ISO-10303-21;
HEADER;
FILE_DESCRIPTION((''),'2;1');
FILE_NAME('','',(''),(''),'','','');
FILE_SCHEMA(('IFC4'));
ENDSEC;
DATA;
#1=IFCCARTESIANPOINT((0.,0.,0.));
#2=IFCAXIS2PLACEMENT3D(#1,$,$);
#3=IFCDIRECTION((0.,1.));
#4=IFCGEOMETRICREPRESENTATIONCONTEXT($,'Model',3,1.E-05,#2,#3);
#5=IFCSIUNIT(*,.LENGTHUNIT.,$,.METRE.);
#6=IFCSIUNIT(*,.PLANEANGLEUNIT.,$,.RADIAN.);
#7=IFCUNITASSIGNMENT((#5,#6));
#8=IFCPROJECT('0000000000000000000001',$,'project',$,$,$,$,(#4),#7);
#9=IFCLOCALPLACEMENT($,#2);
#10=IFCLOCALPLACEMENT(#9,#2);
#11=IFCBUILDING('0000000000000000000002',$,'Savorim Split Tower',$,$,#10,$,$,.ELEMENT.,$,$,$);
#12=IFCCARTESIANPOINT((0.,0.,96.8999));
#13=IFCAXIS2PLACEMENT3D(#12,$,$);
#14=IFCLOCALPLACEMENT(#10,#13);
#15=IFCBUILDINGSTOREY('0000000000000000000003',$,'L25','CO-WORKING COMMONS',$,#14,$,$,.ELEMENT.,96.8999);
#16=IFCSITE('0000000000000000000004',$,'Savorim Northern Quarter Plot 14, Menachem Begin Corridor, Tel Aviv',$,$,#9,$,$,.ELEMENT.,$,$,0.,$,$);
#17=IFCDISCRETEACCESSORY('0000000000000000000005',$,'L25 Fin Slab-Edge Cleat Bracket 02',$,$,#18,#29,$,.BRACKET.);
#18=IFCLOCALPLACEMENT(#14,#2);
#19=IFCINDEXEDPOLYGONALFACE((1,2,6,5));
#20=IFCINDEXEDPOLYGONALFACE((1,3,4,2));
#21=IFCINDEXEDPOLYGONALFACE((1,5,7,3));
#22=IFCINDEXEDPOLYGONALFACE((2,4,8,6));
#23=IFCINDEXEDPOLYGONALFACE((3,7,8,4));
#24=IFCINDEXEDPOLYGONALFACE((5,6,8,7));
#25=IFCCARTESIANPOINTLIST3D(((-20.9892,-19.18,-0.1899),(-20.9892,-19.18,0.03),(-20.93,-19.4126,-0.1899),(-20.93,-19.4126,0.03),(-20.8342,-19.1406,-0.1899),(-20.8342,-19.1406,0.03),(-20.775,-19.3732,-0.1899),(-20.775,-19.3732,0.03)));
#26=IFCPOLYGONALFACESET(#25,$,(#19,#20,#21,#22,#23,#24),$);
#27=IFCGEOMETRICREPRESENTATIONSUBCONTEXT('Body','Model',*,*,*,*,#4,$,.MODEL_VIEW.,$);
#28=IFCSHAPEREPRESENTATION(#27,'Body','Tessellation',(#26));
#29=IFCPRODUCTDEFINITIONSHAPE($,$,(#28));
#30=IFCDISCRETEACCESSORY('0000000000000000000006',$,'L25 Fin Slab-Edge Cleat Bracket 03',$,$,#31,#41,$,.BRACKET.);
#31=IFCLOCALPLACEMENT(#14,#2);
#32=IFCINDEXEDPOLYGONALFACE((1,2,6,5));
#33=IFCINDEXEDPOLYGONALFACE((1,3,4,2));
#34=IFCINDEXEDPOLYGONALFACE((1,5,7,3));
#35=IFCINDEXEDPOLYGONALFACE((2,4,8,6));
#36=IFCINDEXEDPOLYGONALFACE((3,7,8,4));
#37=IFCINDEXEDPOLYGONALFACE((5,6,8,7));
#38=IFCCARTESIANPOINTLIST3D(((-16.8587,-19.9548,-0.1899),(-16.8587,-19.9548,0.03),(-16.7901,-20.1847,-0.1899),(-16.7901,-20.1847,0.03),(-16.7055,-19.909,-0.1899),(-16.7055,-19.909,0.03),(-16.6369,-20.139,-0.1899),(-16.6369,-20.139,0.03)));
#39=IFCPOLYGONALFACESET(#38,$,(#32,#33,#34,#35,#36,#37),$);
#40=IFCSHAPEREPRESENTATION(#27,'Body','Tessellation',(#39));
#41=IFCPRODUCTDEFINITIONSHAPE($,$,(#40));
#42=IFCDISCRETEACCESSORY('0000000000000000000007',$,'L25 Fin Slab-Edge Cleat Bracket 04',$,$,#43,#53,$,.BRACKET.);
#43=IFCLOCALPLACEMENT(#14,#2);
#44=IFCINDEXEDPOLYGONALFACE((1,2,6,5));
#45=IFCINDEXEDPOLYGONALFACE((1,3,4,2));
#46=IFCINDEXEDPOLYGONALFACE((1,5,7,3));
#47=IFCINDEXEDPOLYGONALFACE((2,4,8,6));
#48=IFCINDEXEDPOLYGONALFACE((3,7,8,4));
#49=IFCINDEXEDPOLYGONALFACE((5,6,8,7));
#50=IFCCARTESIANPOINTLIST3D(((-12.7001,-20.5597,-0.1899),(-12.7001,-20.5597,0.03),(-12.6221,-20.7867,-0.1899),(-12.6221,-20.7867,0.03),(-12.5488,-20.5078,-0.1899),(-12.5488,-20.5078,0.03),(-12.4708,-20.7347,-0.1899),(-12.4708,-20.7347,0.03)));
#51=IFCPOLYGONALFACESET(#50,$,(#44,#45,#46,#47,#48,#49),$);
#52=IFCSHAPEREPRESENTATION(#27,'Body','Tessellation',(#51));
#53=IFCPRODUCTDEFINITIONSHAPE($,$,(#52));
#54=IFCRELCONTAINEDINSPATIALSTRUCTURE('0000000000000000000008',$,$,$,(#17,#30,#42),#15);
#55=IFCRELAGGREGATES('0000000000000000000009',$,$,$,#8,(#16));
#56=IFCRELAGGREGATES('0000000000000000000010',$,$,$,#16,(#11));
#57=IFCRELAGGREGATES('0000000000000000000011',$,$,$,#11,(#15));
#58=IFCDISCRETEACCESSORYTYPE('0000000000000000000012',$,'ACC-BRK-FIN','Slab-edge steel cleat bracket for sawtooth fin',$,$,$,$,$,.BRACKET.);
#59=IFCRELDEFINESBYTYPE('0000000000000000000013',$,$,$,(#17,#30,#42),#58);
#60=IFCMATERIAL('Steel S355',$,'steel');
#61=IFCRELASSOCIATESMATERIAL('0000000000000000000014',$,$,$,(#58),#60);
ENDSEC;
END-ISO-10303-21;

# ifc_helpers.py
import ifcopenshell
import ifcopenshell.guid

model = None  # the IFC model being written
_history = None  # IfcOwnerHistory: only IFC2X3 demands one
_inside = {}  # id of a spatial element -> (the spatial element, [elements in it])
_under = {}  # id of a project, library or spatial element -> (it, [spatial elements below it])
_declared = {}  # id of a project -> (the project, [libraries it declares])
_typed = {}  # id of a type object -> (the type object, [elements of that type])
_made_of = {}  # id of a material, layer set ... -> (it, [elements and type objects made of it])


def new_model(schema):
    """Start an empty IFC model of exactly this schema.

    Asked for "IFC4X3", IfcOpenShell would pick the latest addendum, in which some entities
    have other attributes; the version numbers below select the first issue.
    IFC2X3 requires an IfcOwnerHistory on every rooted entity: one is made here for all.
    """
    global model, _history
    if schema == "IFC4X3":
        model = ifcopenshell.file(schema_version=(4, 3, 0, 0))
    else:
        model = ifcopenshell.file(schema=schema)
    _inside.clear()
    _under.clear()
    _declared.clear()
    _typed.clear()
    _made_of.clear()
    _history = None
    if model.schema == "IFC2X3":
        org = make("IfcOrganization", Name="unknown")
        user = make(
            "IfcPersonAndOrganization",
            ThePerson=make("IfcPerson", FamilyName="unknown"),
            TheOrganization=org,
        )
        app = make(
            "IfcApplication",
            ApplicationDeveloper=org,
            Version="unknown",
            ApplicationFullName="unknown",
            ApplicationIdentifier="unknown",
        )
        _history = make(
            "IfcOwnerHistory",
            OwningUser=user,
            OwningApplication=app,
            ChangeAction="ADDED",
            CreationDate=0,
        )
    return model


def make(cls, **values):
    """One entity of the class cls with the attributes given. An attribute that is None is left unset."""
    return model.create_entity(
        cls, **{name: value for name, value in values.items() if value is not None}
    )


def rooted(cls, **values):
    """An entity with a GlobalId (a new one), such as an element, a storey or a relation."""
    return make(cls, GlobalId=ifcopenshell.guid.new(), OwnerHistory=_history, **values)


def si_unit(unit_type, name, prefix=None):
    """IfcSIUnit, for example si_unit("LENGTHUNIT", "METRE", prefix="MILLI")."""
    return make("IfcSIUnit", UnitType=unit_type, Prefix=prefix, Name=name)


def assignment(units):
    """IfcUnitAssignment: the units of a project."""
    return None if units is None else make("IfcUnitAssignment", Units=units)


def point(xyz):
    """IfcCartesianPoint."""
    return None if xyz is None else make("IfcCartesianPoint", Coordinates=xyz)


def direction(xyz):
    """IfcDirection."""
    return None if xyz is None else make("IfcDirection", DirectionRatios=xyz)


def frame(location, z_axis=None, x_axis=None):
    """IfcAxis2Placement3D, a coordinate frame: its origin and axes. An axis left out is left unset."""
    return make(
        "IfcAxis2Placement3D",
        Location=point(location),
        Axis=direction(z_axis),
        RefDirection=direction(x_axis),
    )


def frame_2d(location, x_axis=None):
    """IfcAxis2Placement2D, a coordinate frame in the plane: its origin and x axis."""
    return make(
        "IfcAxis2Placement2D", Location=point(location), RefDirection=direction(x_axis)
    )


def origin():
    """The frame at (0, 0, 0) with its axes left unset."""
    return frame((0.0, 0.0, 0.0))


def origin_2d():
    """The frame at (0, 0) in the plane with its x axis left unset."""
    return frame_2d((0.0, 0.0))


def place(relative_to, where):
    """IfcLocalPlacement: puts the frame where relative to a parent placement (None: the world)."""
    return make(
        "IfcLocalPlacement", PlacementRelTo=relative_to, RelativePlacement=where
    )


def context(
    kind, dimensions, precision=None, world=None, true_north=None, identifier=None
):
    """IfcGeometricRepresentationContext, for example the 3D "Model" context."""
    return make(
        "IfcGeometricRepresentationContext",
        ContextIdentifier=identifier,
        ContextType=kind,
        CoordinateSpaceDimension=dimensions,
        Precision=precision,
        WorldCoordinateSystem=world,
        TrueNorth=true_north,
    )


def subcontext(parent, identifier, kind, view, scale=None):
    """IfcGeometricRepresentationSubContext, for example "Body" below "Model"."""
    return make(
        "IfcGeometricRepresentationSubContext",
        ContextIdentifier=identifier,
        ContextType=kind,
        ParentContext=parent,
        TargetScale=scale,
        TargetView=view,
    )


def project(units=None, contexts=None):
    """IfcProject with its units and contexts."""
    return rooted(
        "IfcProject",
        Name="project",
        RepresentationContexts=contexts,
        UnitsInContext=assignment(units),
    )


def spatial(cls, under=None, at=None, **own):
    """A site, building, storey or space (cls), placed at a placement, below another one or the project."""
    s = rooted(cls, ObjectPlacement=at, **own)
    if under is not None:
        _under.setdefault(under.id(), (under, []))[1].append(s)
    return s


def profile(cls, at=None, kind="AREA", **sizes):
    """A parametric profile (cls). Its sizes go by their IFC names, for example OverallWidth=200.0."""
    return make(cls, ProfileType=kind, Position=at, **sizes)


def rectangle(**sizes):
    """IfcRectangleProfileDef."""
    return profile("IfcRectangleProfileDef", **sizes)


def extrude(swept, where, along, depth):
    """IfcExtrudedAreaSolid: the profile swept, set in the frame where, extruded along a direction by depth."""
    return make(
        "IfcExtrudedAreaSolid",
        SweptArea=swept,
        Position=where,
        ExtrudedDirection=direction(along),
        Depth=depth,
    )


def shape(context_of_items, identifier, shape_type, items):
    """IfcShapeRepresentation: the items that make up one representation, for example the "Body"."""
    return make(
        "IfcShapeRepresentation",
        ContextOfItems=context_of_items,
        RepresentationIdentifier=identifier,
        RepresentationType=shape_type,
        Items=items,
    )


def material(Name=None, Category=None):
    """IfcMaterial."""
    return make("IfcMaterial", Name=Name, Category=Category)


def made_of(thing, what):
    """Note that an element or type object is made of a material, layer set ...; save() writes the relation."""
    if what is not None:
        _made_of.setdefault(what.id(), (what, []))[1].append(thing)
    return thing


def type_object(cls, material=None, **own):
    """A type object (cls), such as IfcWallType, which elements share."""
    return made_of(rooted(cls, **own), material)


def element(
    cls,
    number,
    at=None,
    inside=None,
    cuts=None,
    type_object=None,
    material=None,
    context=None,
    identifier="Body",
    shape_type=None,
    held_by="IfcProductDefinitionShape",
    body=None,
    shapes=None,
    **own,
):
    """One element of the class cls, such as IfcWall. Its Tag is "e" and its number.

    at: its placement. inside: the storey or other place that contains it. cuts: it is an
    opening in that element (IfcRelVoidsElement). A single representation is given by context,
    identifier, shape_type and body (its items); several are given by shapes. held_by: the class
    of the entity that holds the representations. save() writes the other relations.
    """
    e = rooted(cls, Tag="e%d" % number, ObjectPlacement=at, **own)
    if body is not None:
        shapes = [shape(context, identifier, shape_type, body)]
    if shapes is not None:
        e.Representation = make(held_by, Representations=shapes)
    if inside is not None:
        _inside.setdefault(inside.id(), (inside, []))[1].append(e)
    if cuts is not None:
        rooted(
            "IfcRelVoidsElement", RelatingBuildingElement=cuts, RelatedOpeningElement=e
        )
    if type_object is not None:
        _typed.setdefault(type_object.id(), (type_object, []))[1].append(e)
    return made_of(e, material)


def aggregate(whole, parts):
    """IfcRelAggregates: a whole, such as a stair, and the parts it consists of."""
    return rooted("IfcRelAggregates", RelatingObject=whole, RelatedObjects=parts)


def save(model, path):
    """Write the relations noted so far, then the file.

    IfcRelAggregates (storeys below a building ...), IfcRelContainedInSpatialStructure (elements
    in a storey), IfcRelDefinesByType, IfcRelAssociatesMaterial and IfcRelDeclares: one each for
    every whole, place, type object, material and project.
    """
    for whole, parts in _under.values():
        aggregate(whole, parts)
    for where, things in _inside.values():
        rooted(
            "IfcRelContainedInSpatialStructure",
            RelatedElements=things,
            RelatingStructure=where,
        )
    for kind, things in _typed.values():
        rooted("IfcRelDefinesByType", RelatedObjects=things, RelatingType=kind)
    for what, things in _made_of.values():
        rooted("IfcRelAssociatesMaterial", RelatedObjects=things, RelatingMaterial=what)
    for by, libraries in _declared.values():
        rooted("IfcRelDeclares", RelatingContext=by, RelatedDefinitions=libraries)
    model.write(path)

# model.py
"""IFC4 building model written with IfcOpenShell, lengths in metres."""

from ifc_helpers import new_model, si_unit, direction, frame, origin, origin_2d, place, context, subcontext, project, spatial, rectangle, extrude, material, type_object, element, save


model = new_model("IFC4")

# Units and contexts
model_context = context("Model", 3, precision=1e-05, world=origin(), true_north=direction((0.0, 1.0)))
body_context = subcontext(model_context, "Body", "Model", "MODEL_VIEW")
ifc_project = project(units=[si_unit("LENGTHUNIT", "METRE"), si_unit("PLANEANGLEUNIT", "RADIAN")], contexts=[model_context])

# Site, building, storey
site_placement = place(None, origin())
site = spatial("IfcSite", under=ifc_project, at=site_placement, Name="Savorim Northern Quarter Plot 14, Menachem Begin Corridor, Tel Aviv", CompositionType="ELEMENT", RefElevation=0.0)
building_placement = place(site_placement, origin())
building = spatial("IfcBuilding", under=site, at=building_placement, Name="Savorim Split Tower", CompositionType="ELEMENT")
storey_placement = place(building_placement, frame((0.0, 0.0, 96.8999)))
storey = spatial("IfcBuildingStorey", under=building, at=storey_placement, Name="L25", Description="CO-WORKING COMMONS", CompositionType="ELEMENT", Elevation=96.8999)

# Shared definitions
ifc_material_1 = material(Name="Steel S355", Category="steel")

# Discrete accessories
discrete_accessory_type = type_object("IfcDiscreteAccessoryType", Name="ACC-BRK-FIN", Description="Slab-edge steel cleat bracket for sawtooth fin", PredefinedType="BRACKET", material=ifc_material_1)
for number, where, z_axis, x_axis, name in (
    (1, (-20.8821, -19.2766, -0.1899), (0.0, 0.0, 1.0), (0.246581, -0.969122, 0.0), "L25 Fin Slab-Edge Cleat Bracket 02"),
    (2, (-16.7478, -20.0469, -0.1899), (0.0, 0.0, 1.0), (0.286026, -0.958222, 0.0), "L25 Fin Slab-Edge Cleat Bracket 03"),
    (3, (-12.5854, -20.6472, -0.1899), (0.0, 0.0, 1.0), (0.324994, -0.945716, 0.0), "L25 Fin Slab-Edge Cleat Bracket 04"),
):
    element("IfcDiscreteAccessory", number, at=place(storey_placement, frame(where, z_axis=z_axis, x_axis=x_axis)), inside=storey, type_object=discrete_accessory_type, Name=name, PredefinedType="BRACKET", context=body_context, shape_type="SweptSolid", body=[
        extrude(rectangle(XDim=0.24, YDim=0.1599, at=origin_2d()), origin(), (0.0, 0.0, 1.0), 0.22),
    ])

save(model, "model.ifc")
